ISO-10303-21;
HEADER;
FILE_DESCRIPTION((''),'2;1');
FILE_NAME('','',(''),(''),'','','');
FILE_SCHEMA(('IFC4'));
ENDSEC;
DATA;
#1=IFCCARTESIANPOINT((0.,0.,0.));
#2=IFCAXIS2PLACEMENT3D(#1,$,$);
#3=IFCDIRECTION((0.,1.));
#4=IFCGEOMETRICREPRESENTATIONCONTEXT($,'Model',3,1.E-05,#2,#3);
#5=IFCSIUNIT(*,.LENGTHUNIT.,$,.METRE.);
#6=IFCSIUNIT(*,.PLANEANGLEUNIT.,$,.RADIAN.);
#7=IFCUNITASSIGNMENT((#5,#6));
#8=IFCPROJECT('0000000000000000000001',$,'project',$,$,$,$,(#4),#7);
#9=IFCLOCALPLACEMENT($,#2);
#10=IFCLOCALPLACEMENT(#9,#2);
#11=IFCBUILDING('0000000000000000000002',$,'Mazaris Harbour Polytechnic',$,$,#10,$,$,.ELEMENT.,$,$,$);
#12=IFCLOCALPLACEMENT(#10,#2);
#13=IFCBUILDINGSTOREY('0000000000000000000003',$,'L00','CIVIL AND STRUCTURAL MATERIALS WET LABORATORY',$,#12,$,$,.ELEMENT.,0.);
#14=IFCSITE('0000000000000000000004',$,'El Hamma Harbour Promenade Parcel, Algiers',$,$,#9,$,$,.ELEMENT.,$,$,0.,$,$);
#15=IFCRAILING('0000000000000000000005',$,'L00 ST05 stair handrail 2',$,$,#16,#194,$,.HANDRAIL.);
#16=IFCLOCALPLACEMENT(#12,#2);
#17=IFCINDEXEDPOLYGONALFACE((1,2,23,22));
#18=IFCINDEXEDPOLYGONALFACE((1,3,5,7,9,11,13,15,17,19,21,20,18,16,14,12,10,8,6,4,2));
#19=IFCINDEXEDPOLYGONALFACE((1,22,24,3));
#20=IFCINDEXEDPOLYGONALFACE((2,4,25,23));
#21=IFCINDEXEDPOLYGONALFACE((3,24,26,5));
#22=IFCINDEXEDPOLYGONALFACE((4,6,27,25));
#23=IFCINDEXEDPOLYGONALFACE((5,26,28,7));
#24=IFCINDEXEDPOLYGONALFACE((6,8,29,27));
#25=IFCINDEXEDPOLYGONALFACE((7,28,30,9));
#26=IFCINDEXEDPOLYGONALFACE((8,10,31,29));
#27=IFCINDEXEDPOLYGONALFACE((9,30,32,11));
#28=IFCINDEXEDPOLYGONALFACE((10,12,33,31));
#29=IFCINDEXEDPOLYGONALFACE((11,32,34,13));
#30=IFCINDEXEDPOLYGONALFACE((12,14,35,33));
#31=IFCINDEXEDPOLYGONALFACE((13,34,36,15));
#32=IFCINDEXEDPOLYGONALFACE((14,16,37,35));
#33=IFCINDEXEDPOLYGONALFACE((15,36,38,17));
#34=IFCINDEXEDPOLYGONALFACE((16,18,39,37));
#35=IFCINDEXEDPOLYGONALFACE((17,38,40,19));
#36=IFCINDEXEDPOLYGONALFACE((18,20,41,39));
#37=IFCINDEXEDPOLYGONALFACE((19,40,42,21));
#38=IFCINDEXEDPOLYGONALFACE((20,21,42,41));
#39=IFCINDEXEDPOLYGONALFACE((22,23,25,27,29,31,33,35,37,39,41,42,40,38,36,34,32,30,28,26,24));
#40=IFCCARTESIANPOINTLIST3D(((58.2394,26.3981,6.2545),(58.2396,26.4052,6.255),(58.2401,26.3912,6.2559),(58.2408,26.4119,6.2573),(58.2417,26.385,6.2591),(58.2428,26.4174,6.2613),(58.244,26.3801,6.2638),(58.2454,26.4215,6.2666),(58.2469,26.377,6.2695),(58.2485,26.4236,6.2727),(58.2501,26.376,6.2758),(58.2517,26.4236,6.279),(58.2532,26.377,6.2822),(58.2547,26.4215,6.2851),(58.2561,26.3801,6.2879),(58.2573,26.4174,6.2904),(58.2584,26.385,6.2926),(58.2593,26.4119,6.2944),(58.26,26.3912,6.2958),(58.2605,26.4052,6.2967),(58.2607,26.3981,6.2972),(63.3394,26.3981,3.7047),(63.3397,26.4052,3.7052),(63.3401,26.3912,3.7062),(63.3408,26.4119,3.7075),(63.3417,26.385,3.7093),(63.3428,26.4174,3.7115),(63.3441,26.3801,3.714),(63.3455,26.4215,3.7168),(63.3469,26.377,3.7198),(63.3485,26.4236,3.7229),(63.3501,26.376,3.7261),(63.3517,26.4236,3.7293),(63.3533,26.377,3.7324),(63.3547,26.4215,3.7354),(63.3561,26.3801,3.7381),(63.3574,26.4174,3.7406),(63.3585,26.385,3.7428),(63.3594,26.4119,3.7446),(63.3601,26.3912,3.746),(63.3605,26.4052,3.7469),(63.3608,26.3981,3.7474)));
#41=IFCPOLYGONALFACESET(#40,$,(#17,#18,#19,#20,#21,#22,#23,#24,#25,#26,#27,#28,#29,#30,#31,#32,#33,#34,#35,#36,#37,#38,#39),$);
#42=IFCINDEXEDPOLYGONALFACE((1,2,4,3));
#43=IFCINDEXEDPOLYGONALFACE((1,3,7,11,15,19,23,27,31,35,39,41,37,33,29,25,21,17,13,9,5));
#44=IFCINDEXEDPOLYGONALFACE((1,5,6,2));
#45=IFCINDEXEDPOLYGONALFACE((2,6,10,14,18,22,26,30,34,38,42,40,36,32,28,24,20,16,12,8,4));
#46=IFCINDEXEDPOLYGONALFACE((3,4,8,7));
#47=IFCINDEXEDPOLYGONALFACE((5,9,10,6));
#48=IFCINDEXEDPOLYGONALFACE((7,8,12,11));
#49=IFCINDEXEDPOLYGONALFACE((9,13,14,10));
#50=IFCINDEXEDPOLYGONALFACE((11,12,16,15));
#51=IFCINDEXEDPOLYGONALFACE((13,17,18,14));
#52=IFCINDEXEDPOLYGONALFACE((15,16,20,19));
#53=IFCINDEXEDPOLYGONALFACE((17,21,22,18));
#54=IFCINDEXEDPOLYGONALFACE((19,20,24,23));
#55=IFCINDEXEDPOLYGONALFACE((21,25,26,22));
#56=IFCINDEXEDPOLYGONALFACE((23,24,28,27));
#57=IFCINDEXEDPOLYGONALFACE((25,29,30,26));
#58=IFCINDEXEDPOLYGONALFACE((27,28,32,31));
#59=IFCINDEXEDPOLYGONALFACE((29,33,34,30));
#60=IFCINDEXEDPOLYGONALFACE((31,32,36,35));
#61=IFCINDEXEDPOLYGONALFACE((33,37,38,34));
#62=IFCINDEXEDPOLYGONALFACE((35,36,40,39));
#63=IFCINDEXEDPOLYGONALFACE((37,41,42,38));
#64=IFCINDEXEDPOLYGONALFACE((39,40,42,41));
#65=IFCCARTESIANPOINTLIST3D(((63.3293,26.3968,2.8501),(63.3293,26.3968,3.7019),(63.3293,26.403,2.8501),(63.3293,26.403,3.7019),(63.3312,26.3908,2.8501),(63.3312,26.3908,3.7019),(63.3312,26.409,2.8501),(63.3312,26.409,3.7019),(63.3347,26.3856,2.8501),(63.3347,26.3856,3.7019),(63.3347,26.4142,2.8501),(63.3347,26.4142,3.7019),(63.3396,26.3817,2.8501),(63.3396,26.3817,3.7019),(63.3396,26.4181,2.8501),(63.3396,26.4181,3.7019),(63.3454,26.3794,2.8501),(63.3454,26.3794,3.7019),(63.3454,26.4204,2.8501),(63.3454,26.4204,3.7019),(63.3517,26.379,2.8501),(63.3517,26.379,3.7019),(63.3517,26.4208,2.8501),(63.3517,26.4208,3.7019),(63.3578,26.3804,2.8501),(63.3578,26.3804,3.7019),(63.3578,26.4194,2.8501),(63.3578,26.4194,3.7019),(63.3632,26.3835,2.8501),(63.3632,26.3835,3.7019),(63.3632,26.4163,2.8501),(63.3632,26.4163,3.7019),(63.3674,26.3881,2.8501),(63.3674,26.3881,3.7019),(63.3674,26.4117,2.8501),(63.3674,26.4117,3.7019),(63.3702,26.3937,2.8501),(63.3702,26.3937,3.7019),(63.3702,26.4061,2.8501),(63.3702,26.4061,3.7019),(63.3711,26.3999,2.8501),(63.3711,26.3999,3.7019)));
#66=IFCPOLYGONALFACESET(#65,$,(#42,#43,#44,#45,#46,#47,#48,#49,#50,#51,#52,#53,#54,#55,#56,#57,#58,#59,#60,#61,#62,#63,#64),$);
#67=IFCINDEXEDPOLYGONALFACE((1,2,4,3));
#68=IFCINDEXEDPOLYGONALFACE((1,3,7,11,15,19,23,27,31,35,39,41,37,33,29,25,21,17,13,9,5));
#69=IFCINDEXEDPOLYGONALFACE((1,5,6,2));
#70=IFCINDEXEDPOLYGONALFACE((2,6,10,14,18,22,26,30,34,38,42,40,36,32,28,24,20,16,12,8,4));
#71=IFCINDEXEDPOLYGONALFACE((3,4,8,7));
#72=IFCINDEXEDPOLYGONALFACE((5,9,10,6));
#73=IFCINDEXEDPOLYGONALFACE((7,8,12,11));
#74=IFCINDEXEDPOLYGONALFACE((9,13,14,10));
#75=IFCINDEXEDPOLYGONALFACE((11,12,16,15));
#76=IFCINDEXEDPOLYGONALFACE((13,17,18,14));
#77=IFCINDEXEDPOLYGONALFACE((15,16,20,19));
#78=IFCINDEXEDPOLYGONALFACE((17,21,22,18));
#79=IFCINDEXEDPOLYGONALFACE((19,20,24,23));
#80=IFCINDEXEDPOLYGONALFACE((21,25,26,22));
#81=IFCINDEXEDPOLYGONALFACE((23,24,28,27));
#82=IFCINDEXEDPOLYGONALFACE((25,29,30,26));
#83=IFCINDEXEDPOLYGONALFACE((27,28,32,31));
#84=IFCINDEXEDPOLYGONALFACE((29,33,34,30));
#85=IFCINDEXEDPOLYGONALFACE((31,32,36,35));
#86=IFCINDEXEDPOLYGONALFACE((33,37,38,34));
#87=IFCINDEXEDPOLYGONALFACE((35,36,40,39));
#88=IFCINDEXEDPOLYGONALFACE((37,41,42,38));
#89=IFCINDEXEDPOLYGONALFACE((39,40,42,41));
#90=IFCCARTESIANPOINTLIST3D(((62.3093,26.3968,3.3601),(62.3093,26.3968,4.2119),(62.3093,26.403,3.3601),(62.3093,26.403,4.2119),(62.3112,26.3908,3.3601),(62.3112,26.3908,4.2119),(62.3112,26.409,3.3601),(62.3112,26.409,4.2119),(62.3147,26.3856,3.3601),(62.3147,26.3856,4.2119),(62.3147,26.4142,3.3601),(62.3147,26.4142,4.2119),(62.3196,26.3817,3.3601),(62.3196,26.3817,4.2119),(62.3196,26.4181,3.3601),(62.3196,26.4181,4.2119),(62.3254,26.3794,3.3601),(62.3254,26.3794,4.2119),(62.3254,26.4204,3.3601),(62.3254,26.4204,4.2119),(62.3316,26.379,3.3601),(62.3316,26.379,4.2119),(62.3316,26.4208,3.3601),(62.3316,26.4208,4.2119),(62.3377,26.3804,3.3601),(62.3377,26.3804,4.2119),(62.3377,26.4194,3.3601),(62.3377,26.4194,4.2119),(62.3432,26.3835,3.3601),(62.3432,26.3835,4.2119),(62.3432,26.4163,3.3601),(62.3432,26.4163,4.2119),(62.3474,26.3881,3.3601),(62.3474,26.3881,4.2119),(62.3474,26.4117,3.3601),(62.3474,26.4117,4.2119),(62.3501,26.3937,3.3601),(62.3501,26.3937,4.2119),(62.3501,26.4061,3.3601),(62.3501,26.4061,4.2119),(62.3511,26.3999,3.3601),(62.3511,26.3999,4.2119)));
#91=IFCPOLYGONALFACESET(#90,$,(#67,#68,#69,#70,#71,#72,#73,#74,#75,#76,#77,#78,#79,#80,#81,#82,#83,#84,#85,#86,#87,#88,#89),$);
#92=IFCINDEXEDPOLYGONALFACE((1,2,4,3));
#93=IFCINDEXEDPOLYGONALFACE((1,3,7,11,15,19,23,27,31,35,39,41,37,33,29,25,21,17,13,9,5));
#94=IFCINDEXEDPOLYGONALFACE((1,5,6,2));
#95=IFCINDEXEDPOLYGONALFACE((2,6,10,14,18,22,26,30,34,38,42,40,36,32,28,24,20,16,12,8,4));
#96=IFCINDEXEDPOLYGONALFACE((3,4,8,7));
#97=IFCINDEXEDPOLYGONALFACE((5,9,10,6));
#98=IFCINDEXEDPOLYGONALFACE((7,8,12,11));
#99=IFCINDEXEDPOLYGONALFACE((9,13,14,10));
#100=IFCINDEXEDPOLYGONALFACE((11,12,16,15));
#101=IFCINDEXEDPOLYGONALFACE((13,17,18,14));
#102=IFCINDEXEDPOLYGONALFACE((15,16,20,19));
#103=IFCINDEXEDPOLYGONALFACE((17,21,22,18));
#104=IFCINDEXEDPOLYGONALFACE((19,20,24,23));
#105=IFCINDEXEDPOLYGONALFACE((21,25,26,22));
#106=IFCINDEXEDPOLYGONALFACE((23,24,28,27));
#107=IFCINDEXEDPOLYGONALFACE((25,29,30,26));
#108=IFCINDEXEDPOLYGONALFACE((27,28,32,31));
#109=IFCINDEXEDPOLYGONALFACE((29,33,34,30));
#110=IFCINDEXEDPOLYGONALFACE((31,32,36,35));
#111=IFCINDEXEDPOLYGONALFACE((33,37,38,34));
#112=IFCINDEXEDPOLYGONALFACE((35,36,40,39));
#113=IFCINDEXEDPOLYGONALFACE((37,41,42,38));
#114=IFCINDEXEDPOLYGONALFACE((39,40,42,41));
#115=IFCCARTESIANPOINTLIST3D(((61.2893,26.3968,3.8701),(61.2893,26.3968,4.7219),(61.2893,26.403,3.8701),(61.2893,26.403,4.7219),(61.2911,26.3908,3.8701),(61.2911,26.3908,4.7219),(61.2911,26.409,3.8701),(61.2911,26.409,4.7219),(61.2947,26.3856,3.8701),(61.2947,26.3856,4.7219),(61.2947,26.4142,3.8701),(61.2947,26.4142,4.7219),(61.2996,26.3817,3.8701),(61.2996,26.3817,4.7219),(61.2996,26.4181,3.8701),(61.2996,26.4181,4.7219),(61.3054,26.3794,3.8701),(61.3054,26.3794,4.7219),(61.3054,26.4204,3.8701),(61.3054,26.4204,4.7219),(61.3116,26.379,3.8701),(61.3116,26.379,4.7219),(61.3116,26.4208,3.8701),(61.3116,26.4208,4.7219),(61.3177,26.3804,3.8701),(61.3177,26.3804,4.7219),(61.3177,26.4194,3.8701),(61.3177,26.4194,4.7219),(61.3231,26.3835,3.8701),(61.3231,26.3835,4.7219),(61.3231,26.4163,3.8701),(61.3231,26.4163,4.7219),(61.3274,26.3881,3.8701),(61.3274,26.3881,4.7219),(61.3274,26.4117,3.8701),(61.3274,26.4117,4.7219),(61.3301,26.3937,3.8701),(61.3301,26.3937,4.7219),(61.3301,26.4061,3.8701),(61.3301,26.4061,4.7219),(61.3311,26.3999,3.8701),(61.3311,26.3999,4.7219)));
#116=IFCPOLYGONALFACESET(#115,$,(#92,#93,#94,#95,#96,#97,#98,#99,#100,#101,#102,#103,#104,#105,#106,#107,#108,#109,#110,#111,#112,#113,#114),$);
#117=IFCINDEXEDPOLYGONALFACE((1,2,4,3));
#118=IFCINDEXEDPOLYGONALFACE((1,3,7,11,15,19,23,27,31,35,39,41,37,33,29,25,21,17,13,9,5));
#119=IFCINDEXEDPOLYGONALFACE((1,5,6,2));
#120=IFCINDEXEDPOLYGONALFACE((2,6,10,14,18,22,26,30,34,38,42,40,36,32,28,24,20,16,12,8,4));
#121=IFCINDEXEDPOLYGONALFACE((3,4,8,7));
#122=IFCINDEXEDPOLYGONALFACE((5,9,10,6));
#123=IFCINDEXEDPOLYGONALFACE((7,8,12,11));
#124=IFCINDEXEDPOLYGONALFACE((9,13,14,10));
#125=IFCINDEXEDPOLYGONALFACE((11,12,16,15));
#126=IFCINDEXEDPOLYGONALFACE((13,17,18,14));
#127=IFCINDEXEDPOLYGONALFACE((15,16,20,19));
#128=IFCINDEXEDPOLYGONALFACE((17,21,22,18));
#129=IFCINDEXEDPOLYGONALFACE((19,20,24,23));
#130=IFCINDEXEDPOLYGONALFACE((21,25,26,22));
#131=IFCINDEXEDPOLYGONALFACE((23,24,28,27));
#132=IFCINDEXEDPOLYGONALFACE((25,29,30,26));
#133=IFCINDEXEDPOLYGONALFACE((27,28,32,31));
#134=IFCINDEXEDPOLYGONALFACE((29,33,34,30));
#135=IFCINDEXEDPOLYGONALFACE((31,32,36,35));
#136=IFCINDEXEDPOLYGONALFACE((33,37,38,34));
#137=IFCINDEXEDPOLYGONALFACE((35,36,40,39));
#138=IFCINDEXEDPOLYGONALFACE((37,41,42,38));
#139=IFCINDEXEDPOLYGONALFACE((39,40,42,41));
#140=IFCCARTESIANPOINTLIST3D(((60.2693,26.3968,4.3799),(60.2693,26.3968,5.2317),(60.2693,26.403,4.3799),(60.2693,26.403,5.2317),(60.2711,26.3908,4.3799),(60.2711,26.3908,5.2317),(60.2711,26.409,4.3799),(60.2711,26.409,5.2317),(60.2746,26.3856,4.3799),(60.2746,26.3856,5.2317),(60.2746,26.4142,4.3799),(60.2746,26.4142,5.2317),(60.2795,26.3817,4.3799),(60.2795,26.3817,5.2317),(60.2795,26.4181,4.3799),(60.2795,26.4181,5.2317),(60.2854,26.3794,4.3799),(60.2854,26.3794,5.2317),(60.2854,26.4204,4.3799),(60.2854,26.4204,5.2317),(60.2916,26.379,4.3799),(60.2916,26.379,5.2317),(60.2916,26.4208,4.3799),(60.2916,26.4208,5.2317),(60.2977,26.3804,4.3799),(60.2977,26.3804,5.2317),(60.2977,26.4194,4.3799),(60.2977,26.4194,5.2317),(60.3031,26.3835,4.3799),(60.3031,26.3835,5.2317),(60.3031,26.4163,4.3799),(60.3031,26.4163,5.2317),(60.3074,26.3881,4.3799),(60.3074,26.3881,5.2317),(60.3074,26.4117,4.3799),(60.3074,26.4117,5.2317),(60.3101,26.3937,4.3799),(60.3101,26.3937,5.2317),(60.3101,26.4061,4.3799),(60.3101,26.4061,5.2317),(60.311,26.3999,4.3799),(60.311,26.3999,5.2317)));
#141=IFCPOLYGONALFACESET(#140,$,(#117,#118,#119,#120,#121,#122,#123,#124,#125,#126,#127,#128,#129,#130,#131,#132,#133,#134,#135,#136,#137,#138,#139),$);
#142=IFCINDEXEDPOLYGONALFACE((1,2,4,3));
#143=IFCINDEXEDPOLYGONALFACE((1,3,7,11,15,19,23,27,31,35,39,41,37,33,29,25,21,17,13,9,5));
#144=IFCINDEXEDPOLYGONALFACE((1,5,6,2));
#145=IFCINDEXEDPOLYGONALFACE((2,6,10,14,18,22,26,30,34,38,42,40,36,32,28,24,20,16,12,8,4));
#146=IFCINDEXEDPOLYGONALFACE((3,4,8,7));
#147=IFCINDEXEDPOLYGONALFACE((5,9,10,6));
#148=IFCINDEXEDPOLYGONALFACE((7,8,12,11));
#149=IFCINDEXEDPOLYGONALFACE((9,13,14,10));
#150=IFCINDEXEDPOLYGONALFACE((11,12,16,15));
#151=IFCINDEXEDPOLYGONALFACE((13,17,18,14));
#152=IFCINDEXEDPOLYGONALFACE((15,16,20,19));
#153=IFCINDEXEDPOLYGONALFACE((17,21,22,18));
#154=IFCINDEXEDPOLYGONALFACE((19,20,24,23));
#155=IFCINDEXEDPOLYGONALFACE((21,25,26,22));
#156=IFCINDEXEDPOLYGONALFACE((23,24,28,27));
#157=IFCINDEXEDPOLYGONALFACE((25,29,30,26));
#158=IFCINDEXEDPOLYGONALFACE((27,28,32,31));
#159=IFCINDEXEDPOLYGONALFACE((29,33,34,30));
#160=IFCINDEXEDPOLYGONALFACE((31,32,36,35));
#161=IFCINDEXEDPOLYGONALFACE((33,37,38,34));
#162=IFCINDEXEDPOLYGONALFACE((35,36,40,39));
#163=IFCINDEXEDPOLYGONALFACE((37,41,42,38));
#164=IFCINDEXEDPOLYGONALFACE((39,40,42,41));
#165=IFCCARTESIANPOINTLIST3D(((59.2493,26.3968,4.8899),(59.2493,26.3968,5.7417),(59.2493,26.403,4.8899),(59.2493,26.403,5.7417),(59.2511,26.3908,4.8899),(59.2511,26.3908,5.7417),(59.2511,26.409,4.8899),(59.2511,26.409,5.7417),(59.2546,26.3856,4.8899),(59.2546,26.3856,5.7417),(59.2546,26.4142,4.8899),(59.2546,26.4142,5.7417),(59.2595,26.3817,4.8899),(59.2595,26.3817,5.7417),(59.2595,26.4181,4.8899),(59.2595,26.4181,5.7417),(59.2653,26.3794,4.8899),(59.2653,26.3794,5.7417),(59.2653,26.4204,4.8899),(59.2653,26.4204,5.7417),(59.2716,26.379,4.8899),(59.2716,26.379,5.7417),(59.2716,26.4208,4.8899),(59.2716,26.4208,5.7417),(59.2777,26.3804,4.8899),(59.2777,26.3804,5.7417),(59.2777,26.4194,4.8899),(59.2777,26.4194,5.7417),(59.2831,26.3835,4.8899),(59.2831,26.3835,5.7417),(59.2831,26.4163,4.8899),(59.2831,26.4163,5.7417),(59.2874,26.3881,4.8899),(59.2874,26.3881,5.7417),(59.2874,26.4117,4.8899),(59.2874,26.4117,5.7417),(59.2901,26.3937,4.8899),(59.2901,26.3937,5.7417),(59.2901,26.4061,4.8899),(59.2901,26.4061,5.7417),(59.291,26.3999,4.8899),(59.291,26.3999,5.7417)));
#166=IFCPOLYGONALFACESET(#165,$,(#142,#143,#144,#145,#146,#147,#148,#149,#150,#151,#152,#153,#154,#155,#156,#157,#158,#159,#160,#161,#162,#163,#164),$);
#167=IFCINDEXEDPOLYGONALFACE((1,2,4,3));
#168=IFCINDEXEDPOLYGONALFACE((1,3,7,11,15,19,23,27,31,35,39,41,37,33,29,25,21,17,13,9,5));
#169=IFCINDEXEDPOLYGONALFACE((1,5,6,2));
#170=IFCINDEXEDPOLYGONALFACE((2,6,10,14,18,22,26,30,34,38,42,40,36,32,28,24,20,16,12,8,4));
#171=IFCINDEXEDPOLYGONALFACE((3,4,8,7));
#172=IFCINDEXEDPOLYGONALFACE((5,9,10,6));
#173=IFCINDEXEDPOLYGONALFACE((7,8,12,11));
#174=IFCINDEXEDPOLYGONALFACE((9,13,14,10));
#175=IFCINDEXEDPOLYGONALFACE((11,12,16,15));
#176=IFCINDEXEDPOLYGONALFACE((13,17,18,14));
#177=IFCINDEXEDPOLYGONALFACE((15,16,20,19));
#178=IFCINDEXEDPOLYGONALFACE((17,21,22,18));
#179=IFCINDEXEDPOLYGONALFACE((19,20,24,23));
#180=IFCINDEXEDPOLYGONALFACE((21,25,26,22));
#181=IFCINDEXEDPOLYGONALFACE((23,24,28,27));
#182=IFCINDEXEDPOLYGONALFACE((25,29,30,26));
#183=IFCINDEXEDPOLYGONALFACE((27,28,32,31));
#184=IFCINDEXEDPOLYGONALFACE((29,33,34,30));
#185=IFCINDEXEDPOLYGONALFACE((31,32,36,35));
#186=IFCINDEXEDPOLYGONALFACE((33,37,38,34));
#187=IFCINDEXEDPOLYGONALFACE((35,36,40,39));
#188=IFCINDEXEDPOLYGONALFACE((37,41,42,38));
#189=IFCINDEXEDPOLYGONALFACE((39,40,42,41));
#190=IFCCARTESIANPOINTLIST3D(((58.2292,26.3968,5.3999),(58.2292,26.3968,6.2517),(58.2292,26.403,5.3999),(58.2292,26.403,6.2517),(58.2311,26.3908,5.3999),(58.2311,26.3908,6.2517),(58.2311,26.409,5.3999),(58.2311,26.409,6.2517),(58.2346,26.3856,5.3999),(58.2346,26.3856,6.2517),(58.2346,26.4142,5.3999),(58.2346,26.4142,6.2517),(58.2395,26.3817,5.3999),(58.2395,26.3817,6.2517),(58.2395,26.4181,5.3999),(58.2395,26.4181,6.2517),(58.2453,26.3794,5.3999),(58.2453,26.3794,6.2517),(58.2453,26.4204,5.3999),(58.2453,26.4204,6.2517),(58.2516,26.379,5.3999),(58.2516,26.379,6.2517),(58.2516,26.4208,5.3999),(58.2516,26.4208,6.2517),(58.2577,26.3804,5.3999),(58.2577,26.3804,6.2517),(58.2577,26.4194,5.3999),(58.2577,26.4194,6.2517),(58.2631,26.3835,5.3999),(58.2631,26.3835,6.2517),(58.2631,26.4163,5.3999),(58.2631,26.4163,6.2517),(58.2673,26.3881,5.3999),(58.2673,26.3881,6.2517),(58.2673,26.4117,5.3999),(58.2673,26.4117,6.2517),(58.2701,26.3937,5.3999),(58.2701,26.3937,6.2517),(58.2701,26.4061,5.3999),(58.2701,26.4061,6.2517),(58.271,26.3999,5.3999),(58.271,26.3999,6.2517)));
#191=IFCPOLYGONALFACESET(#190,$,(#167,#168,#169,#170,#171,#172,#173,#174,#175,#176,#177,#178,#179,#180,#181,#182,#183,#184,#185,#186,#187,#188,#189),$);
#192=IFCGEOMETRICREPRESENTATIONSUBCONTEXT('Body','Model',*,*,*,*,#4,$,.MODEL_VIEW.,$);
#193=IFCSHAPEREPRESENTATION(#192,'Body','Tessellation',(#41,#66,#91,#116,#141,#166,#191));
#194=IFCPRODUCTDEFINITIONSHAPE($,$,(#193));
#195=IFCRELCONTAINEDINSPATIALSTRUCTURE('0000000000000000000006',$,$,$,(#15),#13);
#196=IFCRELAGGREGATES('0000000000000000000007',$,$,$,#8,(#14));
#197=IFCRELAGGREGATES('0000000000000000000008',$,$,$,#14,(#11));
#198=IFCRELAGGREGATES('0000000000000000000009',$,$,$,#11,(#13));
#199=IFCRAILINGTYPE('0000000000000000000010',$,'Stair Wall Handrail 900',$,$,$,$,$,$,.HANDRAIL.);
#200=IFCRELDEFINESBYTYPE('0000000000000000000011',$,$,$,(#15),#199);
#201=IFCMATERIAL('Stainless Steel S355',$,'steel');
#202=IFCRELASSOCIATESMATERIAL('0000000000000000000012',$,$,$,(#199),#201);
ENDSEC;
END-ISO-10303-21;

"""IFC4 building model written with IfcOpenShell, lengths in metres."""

from ifc_helpers import new_model, si_unit, direction, frame, origin, origin_2d, place, context, subcontext, project, spatial, circle, extrude, material, type_object, element, save


model = new_model("IFC4")

# Units and contexts
model_context = context("Model", 3, precision=1e-05, world=origin(), true_north=direction((0.0, 1.0)))
body_context = subcontext(model_context, "Body", "Model", "MODEL_VIEW")
ifc_project = project(units=[si_unit("LENGTHUNIT", "METRE"), si_unit("PLANEANGLEUNIT", "RADIAN")], contexts=[model_context])

# Site, building, storey
site_placement = place(None, origin())
site = spatial("IfcSite", under=ifc_project, at=site_placement, Name="El Hamma Harbour Promenade Parcel, Algiers", CompositionType="ELEMENT", RefElevation=0.0)
building_placement = place(site_placement, origin())
building = spatial("IfcBuilding", under=site, at=building_placement, Name="Mazaris Harbour Polytechnic", CompositionType="ELEMENT")
storey_placement = place(building_placement, origin())
storey = spatial("IfcBuildingStorey", under=building, at=storey_placement, Name="L00", Description="CIVIL AND STRUCTURAL MATERIALS WET LABORATORY", CompositionType="ELEMENT", Elevation=0.0)

# Railing
ifc_material_1 = material(Name="Stainless Steel S355", Category="steel")
railing_type_1 = type_object("IfcRailingType", Name="Stair Wall Handrail 900", PredefinedType="HANDRAIL", material=ifc_material_1)
railing_1_placement = place(storey_placement, frame((63.3501, 26.3999, 2.8501)))
element("IfcRailing", 1, at=railing_1_placement, inside=storey, type_object=railing_type_1, Name="L00 ST05 stair handrail 2", PredefinedType="HANDRAIL", context=body_context, shape_type="SweptSolid", body=[
    extrude(circle(Radius=0.0239, at=origin_2d()), frame((0.0, 0.0, 0.876), z_axis=(-0.894444, 0.0, 0.447179), x_axis=(0.0, -1.0, 0.0)), (0.0, 0.0, 1.0), 5.7019),
    extrude(circle(Radius=0.021, at=origin_2d()), origin(), (0.0, 0.0, 1.0), 0.8518),
    extrude(circle(Radius=0.021, at=origin_2d()), frame((-1.02, 0.0, 0.51)), (0.0, 0.0, 1.0), 0.8518),
    extrude(circle(Radius=0.021, at=origin_2d()), frame((-2.04, 0.0, 1.02)), (0.0, 0.0, 1.0), 0.8518),
    extrude(circle(Radius=0.021, at=origin_2d()), frame((-3.0601, 0.0, 1.5298)), (0.0, 0.0, 1.0), 0.8518),
    extrude(circle(Radius=0.021, at=origin_2d()), frame((-4.0801, 0.0, 2.0398)), (0.0, 0.0, 1.0), 0.8518),
    extrude(circle(Radius=0.021, at=origin_2d()), frame((-5.1001, 0.0, 2.5498)), (0.0, 0.0, 1.0), 0.8518),
])

save(model, "model.ifc")
